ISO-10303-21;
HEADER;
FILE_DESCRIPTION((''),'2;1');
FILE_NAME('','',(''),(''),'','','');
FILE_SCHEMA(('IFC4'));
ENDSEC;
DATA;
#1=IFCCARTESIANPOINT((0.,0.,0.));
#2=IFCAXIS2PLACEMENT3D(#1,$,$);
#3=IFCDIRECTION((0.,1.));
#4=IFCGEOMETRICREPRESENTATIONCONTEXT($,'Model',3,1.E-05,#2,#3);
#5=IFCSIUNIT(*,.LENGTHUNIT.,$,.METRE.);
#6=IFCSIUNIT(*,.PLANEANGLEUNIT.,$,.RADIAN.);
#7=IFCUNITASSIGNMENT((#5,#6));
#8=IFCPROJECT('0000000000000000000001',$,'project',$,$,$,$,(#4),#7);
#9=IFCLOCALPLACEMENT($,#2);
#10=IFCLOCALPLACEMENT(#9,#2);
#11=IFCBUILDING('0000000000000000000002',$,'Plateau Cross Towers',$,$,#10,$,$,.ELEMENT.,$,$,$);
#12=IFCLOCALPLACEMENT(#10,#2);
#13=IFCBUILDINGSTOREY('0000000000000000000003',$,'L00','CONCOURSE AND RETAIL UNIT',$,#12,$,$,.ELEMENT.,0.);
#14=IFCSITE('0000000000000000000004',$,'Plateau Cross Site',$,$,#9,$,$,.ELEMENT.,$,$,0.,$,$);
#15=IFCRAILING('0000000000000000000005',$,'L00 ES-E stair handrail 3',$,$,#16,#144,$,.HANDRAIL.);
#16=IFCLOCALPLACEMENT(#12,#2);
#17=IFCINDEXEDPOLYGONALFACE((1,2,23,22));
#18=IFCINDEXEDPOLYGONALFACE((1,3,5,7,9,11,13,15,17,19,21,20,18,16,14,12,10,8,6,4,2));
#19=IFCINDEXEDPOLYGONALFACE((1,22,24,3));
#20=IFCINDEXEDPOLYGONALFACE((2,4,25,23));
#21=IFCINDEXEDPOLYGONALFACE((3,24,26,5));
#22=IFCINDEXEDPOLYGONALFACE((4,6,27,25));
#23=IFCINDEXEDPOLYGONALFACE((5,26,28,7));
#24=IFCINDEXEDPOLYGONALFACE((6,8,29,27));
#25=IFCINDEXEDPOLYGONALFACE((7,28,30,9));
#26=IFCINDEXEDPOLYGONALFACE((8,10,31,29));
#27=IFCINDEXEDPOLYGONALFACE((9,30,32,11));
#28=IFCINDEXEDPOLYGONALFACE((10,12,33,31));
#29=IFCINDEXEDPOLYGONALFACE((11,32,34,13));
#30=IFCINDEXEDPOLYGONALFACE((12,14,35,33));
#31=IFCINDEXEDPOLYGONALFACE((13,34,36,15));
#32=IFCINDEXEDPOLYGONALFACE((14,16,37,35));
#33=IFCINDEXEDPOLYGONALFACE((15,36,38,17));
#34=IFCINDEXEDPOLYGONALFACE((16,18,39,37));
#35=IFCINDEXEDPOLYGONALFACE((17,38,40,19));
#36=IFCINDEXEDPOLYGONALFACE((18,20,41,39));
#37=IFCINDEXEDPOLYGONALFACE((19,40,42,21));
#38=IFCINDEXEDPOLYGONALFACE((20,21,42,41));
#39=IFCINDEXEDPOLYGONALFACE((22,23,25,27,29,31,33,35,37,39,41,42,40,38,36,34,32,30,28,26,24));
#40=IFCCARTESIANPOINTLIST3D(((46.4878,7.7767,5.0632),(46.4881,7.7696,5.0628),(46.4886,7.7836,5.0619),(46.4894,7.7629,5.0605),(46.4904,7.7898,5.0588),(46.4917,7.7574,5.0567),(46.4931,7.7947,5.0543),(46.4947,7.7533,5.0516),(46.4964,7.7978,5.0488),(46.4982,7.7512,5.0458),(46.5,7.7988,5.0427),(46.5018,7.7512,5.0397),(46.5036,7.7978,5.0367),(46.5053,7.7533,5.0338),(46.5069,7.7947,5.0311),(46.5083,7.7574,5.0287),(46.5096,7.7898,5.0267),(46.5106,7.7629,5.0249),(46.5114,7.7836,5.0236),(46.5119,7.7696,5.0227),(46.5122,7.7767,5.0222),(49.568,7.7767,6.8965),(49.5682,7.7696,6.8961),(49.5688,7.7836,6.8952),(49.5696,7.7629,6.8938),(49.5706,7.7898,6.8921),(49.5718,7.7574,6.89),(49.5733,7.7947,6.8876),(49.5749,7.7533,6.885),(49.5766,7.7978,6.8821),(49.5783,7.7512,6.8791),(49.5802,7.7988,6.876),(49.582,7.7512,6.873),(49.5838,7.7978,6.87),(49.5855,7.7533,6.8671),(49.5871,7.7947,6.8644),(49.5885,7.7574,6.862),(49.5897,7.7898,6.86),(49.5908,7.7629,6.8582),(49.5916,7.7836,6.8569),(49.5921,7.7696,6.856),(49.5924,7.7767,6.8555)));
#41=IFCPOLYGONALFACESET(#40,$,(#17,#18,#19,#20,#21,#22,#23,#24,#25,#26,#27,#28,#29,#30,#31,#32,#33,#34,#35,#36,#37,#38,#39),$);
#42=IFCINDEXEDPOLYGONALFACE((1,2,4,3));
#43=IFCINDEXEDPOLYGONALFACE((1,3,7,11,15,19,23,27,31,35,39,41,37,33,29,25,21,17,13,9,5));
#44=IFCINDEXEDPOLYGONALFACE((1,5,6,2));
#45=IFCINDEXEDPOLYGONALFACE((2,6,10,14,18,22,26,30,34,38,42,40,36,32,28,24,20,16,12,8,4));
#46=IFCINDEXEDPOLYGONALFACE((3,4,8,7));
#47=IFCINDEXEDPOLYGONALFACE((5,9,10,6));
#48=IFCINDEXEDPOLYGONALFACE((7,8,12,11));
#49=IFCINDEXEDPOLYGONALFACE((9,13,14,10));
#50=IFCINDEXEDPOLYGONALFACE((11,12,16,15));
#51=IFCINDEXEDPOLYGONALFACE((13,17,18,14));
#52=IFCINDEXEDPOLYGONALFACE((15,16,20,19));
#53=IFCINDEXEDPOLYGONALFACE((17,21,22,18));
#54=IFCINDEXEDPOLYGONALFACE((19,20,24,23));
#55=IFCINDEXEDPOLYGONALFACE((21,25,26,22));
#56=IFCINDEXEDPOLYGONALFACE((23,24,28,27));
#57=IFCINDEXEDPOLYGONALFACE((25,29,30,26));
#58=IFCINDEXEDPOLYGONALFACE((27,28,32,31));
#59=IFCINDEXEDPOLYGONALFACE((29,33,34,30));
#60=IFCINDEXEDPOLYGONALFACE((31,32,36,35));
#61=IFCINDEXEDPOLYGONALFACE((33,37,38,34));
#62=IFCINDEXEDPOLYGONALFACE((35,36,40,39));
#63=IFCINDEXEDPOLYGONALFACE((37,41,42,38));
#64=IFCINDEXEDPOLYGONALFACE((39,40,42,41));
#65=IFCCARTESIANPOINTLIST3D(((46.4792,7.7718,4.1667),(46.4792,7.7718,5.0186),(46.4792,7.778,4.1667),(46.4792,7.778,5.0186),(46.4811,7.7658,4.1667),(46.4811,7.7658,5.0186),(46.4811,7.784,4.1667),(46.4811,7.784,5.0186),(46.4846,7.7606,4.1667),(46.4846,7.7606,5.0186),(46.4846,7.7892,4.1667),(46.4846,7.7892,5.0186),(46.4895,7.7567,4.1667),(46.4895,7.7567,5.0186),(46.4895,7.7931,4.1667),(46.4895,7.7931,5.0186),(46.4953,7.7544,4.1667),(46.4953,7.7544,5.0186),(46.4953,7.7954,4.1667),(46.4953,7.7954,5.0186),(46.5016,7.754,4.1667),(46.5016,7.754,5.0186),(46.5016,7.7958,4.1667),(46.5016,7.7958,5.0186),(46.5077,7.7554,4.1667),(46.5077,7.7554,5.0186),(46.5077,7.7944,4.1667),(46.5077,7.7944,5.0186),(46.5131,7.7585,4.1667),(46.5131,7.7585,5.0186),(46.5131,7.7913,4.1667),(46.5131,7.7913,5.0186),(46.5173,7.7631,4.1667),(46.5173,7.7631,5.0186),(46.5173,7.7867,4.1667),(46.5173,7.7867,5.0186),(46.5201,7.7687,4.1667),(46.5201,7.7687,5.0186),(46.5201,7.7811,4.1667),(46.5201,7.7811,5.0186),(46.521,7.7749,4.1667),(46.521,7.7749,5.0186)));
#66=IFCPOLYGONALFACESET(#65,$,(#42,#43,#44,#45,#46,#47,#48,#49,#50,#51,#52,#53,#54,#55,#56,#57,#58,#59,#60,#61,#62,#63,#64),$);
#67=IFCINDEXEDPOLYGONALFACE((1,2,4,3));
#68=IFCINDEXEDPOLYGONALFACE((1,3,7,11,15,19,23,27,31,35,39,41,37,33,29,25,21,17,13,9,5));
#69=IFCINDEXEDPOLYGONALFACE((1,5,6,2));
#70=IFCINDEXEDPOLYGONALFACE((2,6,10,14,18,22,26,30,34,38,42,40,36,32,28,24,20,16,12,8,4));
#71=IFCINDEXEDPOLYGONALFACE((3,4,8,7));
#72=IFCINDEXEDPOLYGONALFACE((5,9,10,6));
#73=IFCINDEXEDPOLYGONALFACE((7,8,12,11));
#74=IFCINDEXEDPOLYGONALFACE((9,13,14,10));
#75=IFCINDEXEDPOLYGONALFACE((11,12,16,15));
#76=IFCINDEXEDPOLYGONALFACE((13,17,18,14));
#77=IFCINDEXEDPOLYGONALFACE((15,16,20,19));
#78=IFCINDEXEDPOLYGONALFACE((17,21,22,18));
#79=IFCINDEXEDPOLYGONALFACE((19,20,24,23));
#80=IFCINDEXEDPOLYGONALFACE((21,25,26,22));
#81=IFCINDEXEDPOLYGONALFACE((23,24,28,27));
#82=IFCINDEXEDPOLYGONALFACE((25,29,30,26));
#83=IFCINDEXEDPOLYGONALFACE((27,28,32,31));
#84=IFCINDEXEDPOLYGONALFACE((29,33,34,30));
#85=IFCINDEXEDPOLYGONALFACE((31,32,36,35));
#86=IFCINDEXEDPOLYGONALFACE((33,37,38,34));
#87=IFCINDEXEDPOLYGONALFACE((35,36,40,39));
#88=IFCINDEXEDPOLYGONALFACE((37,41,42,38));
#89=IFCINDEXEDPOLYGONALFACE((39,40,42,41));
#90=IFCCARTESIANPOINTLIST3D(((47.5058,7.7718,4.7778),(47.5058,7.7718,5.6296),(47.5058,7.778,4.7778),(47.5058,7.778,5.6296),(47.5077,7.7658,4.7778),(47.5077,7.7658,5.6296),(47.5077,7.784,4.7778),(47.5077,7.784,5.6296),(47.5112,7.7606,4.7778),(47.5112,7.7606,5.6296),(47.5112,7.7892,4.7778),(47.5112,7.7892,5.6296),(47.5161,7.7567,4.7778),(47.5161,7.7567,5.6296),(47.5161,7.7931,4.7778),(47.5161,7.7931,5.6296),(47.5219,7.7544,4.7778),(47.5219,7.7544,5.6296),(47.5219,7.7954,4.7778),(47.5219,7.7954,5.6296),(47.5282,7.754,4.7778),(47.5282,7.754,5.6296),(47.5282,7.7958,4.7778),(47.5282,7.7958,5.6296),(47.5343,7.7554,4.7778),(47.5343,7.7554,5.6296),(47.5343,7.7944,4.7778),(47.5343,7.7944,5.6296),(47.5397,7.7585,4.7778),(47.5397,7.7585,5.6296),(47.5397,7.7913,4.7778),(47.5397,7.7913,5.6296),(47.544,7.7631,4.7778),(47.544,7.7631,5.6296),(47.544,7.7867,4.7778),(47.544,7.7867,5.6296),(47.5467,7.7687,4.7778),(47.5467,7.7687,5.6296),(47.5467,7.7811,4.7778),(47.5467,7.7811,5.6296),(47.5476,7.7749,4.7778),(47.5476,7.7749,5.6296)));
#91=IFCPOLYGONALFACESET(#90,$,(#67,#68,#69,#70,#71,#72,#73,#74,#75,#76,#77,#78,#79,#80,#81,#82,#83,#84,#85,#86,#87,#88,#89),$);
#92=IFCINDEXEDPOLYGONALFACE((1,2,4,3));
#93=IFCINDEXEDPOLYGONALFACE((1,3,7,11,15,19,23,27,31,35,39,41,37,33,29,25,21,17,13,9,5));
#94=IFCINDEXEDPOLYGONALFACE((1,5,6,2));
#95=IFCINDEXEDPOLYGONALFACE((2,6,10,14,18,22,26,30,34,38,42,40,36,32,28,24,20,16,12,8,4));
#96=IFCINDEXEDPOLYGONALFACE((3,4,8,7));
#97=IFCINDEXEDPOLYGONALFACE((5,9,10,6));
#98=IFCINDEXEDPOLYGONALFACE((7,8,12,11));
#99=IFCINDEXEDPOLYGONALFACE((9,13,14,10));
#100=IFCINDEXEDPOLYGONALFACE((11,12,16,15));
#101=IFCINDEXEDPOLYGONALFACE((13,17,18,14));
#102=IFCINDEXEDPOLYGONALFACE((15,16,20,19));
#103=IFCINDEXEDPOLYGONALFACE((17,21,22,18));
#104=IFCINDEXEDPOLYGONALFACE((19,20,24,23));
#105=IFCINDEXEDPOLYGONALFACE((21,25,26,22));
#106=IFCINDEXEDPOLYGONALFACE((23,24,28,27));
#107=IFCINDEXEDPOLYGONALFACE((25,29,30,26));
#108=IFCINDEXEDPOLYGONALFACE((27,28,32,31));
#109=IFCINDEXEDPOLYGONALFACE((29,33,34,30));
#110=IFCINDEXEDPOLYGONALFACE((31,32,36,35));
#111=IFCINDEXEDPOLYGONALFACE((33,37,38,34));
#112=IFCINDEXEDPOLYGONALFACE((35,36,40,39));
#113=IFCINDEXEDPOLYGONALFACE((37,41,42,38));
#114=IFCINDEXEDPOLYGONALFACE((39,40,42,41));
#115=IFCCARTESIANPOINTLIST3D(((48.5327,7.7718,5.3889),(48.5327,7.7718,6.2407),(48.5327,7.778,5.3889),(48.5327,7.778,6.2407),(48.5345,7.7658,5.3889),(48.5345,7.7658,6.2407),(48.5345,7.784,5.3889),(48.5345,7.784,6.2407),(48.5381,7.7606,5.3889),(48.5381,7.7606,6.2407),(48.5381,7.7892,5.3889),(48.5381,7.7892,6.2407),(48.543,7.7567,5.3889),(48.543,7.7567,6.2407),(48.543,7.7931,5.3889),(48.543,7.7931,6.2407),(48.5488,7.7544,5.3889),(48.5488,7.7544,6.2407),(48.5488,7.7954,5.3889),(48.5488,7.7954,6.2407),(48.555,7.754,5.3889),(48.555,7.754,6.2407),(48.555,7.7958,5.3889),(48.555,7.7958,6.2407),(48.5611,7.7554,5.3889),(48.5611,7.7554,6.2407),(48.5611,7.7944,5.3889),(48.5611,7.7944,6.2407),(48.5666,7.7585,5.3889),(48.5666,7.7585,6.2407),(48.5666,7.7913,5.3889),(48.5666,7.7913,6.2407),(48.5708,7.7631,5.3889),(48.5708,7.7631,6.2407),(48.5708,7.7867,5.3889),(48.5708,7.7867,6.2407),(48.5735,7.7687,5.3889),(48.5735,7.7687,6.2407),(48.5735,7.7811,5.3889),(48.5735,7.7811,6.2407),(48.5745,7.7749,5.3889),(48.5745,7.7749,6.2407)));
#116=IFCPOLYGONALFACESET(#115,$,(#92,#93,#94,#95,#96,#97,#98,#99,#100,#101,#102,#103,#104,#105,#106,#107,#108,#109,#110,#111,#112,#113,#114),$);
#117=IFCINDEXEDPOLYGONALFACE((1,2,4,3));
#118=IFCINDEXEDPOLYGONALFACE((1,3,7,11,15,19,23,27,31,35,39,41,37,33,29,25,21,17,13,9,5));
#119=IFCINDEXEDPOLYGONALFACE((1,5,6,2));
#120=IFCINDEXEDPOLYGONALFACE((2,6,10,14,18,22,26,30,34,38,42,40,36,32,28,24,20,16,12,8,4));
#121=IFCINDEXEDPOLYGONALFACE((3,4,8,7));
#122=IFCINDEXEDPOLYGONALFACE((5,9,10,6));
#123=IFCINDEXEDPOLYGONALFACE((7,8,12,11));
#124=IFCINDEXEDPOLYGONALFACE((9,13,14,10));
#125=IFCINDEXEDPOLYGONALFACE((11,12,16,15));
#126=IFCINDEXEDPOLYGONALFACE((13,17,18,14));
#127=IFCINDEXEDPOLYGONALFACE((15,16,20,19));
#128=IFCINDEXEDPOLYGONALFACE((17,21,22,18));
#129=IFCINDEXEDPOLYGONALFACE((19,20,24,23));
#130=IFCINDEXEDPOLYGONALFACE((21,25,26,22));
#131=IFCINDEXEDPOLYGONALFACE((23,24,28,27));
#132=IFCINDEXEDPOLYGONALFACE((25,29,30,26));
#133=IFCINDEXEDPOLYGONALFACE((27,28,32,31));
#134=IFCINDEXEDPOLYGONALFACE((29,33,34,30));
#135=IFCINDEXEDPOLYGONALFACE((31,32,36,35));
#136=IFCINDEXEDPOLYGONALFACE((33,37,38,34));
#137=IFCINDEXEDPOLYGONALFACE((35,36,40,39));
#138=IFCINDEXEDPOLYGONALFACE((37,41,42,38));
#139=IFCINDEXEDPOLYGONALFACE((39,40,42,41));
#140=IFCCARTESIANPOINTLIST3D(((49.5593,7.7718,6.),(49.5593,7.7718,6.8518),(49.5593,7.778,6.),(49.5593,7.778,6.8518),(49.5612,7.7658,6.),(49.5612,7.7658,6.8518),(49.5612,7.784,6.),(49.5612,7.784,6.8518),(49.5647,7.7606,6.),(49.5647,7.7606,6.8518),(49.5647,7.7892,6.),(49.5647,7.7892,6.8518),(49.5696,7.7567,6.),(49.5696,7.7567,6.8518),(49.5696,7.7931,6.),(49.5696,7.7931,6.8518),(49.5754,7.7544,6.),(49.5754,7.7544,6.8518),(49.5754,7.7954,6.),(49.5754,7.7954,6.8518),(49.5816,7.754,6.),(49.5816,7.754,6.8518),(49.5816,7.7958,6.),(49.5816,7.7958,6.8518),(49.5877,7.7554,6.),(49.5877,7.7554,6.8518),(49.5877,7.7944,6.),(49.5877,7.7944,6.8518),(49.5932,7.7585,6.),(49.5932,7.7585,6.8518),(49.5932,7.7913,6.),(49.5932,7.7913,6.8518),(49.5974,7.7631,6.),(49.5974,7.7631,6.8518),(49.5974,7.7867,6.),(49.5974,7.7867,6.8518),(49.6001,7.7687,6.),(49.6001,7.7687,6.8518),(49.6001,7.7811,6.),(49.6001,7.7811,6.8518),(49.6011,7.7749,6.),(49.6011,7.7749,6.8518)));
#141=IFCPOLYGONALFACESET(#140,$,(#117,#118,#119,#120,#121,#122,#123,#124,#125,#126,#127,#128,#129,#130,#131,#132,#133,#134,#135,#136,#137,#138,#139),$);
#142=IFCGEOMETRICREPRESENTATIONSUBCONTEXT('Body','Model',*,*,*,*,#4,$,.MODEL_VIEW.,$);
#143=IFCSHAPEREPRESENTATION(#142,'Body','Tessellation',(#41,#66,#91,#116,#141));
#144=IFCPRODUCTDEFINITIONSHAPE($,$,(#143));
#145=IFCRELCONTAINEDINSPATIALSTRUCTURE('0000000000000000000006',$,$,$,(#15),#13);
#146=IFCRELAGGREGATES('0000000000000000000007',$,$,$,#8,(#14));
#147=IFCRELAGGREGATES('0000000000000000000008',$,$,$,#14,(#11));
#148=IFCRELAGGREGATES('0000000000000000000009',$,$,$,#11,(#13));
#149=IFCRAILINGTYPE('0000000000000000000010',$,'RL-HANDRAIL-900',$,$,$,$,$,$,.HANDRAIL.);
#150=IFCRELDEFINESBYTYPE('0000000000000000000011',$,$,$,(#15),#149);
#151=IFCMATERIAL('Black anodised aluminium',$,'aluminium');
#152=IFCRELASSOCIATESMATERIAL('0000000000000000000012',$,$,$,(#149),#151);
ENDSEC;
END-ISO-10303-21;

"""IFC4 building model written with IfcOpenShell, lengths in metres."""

from ifc_helpers import new_model, si_unit, direction, frame, origin, origin_2d, place, context, subcontext, project, spatial, circle, extrude, material, type_object, element, save


model = new_model("IFC4")

# Units and contexts
model_context = context("Model", 3, precision=1e-05, world=origin(), true_north=direction((0.0, 1.0)))
body_context = subcontext(model_context, "Body", "Model", "MODEL_VIEW")
ifc_project = project(units=[si_unit("LENGTHUNIT", "METRE"), si_unit("PLANEANGLEUNIT", "RADIAN")], contexts=[model_context])

# Site, building, storey
site_placement = place(None, origin())
site = spatial("IfcSite", under=ifc_project, at=site_placement, Name="Plateau Cross Site", CompositionType="ELEMENT", RefElevation=0.0)
building_placement = place(site_placement, origin())
building = spatial("IfcBuilding", under=site, at=building_placement, Name="Plateau Cross Towers", CompositionType="ELEMENT")
storey_placement = place(building_placement, origin())
storey = spatial("IfcBuildingStorey", under=building, at=storey_placement, Name="L00", Description="CONCOURSE AND RETAIL UNIT", CompositionType="ELEMENT", Elevation=0.0)

# Railing
ifc_material_1 = material(Name="Black anodised aluminium", Category="aluminium")
railing_type_1 = type_object("IfcRailingType", Name="RL-HANDRAIL-900", PredefinedType="HANDRAIL", material=ifc_material_1)
railing_1_placement = place(storey_placement, frame((46.5, 7.7749, 4.1667)))
element("IfcRailing", 1, at=railing_1_placement, inside=storey, type_object=railing_type_1, Name="L00 ES-E stair handrail 3", PredefinedType="HANDRAIL", context=body_context, shape_type="SweptSolid", body=[
    extrude(circle(Radius=0.0239, at=origin_2d()), frame((0.0, 0.0, 0.876), z_axis=(0.859309, 0.0, 0.511458), x_axis=(0.0, 1.0, 0.0)), (0.0, 0.0, 1.0), 3.5845),
    extrude(circle(Radius=0.021, at=origin_2d()), origin(), (0.0, 0.0, 1.0), 0.8518),
    extrude(circle(Radius=0.021, at=origin_2d()), frame((1.0266, 0.0, 0.6111)), (0.0, 0.0, 1.0), 0.8518),
    extrude(circle(Radius=0.021, at=origin_2d()), frame((2.0535, 0.0, 1.2222)), (0.0, 0.0, 1.0), 0.8518),
    extrude(circle(Radius=0.021, at=origin_2d()), frame((3.0801, 0.0, 1.8333)), (0.0, 0.0, 1.0), 0.8518),
])

save(model, "model.ifc")
